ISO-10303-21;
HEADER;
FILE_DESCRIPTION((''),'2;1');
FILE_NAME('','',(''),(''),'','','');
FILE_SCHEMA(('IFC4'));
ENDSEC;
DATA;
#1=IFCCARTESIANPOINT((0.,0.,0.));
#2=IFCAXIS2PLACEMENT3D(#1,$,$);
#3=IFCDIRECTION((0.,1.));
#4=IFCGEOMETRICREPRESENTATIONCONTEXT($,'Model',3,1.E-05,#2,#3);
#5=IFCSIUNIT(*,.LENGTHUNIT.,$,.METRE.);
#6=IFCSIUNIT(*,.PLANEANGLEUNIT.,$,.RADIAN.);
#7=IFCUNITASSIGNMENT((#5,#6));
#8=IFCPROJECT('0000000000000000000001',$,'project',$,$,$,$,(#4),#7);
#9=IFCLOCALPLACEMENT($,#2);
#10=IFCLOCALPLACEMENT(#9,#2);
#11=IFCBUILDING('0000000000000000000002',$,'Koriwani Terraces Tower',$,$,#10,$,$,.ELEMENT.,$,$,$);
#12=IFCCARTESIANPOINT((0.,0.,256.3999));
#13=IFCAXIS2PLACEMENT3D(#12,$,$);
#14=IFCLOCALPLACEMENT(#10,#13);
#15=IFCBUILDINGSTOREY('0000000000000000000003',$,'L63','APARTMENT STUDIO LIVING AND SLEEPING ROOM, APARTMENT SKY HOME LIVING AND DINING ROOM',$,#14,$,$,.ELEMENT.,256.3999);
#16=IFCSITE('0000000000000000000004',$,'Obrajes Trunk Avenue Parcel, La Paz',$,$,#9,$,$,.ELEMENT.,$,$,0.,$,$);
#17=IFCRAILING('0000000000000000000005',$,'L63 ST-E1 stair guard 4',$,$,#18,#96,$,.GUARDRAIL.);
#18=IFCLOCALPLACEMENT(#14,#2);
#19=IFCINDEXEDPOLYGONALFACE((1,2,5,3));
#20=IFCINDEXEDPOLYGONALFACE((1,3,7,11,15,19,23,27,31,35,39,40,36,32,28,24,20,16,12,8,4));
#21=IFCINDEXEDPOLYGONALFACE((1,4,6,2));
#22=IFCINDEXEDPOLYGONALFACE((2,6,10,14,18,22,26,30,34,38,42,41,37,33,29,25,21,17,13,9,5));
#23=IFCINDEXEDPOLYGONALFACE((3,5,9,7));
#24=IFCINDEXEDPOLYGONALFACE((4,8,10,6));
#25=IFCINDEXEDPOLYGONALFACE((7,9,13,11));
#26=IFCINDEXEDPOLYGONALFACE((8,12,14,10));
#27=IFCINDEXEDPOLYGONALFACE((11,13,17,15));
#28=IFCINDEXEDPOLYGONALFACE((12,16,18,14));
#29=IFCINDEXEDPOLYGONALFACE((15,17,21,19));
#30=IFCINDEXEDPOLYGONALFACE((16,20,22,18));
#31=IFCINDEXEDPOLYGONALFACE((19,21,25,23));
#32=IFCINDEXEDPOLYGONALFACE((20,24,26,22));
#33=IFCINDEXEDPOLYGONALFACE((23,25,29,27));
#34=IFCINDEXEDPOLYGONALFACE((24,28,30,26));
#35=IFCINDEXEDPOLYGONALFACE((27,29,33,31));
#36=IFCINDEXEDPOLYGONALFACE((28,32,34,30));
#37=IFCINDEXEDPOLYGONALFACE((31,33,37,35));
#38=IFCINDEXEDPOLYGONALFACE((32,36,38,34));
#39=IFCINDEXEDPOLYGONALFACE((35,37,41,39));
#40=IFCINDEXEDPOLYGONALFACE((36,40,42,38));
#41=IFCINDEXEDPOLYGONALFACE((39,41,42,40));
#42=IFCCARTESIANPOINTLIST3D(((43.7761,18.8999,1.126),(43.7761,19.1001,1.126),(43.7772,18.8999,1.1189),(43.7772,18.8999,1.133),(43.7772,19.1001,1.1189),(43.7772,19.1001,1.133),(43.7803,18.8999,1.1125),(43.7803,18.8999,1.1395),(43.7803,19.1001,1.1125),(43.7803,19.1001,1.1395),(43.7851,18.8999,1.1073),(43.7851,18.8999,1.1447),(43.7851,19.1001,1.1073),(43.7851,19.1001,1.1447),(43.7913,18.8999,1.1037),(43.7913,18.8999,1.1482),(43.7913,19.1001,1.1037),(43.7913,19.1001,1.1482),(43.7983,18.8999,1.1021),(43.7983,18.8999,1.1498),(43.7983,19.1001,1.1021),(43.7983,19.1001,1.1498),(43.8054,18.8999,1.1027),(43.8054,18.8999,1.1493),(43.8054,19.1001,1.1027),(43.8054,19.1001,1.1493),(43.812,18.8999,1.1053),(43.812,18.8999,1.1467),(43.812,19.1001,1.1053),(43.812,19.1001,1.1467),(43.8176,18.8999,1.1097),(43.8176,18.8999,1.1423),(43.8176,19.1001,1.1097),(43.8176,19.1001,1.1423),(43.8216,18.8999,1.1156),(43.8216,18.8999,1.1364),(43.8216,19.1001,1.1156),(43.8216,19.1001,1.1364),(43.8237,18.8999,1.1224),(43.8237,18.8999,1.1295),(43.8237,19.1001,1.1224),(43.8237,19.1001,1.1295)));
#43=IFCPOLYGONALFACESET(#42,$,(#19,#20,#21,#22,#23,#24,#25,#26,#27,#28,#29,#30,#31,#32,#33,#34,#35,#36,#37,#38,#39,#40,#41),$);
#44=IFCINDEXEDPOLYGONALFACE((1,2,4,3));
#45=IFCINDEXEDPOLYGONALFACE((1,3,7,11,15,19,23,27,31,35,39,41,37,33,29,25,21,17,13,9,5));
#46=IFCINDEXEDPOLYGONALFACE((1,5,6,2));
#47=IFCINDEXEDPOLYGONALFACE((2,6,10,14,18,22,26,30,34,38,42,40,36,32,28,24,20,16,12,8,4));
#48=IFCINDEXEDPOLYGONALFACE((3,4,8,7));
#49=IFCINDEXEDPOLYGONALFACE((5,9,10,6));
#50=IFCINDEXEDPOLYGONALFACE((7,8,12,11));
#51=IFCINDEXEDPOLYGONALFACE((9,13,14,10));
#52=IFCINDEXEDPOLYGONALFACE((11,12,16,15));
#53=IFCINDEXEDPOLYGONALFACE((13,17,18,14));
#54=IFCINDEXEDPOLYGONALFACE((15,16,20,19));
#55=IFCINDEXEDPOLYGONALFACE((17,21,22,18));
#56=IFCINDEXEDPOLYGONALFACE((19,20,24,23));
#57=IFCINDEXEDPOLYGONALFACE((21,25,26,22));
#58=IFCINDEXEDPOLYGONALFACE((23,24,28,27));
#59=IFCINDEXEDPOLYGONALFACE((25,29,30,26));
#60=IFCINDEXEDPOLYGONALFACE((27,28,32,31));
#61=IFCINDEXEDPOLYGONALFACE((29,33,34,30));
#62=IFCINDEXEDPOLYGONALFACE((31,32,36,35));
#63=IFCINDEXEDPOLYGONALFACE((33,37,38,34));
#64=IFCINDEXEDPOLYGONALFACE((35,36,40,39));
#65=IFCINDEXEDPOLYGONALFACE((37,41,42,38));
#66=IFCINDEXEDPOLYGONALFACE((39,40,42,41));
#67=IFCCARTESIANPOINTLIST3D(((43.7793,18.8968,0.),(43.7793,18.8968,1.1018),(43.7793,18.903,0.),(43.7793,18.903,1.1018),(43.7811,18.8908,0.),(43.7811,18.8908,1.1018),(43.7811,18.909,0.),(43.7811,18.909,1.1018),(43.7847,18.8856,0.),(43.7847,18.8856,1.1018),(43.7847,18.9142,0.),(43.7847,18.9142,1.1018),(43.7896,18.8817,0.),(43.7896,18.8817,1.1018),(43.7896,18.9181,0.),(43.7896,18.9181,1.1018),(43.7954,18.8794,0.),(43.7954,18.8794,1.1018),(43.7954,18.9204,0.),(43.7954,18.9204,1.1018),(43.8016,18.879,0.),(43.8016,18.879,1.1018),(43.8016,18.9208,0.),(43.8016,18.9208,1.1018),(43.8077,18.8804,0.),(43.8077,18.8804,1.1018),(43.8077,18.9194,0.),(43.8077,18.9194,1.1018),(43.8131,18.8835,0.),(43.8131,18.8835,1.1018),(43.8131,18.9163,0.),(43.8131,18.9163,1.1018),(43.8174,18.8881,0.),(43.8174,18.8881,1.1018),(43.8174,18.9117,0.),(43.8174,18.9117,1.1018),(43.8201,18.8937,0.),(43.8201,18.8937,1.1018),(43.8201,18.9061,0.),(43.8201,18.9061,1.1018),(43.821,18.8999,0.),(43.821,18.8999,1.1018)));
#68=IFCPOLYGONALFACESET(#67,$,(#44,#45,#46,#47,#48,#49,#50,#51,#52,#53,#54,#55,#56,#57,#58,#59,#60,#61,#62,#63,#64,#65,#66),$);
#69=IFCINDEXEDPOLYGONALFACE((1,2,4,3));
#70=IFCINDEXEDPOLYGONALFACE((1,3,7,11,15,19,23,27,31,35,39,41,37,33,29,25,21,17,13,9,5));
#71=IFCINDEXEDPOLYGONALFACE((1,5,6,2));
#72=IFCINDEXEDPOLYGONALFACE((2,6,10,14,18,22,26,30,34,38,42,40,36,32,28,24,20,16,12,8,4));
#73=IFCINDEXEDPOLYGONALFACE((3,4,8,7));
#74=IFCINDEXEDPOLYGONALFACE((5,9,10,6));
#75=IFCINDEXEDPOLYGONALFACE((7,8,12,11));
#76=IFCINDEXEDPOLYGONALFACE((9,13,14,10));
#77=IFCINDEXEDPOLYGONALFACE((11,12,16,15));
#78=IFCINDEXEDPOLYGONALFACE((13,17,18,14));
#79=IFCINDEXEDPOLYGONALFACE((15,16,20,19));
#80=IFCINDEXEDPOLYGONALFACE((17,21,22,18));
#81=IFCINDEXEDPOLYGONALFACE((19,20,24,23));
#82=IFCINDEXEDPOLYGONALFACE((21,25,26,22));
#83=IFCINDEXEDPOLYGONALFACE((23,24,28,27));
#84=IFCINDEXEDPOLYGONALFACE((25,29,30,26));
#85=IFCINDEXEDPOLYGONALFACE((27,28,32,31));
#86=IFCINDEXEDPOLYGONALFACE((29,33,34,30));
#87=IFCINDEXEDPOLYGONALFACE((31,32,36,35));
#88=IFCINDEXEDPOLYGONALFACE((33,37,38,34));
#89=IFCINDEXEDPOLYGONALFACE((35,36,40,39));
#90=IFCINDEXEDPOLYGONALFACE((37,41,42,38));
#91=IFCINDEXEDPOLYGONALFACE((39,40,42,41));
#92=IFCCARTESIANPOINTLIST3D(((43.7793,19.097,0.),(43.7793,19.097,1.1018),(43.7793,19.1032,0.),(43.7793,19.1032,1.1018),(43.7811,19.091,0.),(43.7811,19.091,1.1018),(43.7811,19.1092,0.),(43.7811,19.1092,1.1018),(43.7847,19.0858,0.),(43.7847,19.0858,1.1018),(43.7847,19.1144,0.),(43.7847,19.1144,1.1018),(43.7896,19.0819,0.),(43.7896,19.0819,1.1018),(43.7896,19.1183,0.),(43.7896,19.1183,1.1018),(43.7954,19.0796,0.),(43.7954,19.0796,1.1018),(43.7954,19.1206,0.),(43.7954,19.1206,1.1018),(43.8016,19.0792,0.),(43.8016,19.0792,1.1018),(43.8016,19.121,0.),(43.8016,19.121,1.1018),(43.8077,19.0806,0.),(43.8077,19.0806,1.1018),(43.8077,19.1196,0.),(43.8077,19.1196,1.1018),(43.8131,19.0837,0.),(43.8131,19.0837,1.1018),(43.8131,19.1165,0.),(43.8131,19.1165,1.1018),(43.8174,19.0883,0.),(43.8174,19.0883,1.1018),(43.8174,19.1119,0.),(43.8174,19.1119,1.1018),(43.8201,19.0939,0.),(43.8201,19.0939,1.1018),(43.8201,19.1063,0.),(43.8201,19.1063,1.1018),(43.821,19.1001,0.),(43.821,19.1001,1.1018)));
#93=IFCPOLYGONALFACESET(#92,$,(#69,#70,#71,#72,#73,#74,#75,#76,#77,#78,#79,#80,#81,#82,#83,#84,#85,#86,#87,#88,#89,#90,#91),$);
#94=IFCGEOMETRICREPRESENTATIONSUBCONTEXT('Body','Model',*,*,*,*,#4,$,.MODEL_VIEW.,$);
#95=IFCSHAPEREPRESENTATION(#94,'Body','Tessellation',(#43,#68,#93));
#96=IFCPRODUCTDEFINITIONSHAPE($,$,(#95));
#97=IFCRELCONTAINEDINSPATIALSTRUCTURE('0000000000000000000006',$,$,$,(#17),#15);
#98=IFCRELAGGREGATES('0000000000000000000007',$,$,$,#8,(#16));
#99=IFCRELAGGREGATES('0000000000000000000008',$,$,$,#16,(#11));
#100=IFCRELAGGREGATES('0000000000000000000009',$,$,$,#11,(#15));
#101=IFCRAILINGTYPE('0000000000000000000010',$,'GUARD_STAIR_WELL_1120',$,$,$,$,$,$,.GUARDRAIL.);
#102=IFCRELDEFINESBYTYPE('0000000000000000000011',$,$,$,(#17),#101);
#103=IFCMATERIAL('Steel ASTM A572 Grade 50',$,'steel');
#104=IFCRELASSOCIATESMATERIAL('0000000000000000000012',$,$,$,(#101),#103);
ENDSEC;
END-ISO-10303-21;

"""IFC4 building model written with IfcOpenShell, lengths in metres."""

from ifc_helpers import new_model, si_unit, direction, frame, origin, origin_2d, place, context, subcontext, project, spatial, circle, extrude, material, type_object, element, save


model = new_model("IFC4")

# Units and contexts
model_context = context("Model", 3, precision=1e-05, world=origin(), true_north=direction((0.0, 1.0)))
body_context = subcontext(model_context, "Body", "Model", "MODEL_VIEW")
ifc_project = project(units=[si_unit("LENGTHUNIT", "METRE"), si_unit("PLANEANGLEUNIT", "RADIAN")], contexts=[model_context])

# Site, building, storey
site_placement = place(None, origin())
site = spatial("IfcSite", under=ifc_project, at=site_placement, Name="Obrajes Trunk Avenue Parcel, La Paz", CompositionType="ELEMENT", RefElevation=0.0)
building_placement = place(site_placement, origin())
building = spatial("IfcBuilding", under=site, at=building_placement, Name="Koriwani Terraces Tower", CompositionType="ELEMENT")
storey_placement = place(building_placement, frame((0.0, 0.0, 256.3999)))
storey = spatial("IfcBuildingStorey", under=building, at=storey_placement, Name="L63", Description="APARTMENT STUDIO LIVING AND SLEEPING ROOM, APARTMENT SKY HOME LIVING AND DINING ROOM", CompositionType="ELEMENT", Elevation=256.3999)

# Shared definitions
ifc_material_1 = material(Name="Steel ASTM A572 Grade 50", Category="steel")

# Railing
railing_type_1 = type_object("IfcRailingType", Name="GUARD_STAIR_WELL_1120", PredefinedType="GUARDRAIL", material=ifc_material_1)
railing_1_placement = place(storey_placement, frame((43.8, 18.8999, 0.0)))
element("IfcRailing", 1, at=railing_1_placement, inside=storey, type_object=railing_type_1, Name="L63 ST-E1 stair guard 4", PredefinedType="GUARDRAIL", context=body_context, shape_type="SweptSolid", body=[
    extrude(circle(Radius=0.0239, at=origin_2d()), frame((0.0, 0.0, 1.126), z_axis=(0.0, 1.0, 0.0), x_axis=(-1.0, 0.0, 0.0)), (0.0, 0.0, 1.0), 0.2002),
    extrude(circle(Radius=0.021, at=origin_2d()), origin(), (0.0, 0.0, 1.0), 1.1018),
    extrude(circle(Radius=0.021, at=origin_2d()), frame((0.0, 0.2002, 0.0)), (0.0, 0.0, 1.0), 1.1018),
])

save(model, "model.ifc")
